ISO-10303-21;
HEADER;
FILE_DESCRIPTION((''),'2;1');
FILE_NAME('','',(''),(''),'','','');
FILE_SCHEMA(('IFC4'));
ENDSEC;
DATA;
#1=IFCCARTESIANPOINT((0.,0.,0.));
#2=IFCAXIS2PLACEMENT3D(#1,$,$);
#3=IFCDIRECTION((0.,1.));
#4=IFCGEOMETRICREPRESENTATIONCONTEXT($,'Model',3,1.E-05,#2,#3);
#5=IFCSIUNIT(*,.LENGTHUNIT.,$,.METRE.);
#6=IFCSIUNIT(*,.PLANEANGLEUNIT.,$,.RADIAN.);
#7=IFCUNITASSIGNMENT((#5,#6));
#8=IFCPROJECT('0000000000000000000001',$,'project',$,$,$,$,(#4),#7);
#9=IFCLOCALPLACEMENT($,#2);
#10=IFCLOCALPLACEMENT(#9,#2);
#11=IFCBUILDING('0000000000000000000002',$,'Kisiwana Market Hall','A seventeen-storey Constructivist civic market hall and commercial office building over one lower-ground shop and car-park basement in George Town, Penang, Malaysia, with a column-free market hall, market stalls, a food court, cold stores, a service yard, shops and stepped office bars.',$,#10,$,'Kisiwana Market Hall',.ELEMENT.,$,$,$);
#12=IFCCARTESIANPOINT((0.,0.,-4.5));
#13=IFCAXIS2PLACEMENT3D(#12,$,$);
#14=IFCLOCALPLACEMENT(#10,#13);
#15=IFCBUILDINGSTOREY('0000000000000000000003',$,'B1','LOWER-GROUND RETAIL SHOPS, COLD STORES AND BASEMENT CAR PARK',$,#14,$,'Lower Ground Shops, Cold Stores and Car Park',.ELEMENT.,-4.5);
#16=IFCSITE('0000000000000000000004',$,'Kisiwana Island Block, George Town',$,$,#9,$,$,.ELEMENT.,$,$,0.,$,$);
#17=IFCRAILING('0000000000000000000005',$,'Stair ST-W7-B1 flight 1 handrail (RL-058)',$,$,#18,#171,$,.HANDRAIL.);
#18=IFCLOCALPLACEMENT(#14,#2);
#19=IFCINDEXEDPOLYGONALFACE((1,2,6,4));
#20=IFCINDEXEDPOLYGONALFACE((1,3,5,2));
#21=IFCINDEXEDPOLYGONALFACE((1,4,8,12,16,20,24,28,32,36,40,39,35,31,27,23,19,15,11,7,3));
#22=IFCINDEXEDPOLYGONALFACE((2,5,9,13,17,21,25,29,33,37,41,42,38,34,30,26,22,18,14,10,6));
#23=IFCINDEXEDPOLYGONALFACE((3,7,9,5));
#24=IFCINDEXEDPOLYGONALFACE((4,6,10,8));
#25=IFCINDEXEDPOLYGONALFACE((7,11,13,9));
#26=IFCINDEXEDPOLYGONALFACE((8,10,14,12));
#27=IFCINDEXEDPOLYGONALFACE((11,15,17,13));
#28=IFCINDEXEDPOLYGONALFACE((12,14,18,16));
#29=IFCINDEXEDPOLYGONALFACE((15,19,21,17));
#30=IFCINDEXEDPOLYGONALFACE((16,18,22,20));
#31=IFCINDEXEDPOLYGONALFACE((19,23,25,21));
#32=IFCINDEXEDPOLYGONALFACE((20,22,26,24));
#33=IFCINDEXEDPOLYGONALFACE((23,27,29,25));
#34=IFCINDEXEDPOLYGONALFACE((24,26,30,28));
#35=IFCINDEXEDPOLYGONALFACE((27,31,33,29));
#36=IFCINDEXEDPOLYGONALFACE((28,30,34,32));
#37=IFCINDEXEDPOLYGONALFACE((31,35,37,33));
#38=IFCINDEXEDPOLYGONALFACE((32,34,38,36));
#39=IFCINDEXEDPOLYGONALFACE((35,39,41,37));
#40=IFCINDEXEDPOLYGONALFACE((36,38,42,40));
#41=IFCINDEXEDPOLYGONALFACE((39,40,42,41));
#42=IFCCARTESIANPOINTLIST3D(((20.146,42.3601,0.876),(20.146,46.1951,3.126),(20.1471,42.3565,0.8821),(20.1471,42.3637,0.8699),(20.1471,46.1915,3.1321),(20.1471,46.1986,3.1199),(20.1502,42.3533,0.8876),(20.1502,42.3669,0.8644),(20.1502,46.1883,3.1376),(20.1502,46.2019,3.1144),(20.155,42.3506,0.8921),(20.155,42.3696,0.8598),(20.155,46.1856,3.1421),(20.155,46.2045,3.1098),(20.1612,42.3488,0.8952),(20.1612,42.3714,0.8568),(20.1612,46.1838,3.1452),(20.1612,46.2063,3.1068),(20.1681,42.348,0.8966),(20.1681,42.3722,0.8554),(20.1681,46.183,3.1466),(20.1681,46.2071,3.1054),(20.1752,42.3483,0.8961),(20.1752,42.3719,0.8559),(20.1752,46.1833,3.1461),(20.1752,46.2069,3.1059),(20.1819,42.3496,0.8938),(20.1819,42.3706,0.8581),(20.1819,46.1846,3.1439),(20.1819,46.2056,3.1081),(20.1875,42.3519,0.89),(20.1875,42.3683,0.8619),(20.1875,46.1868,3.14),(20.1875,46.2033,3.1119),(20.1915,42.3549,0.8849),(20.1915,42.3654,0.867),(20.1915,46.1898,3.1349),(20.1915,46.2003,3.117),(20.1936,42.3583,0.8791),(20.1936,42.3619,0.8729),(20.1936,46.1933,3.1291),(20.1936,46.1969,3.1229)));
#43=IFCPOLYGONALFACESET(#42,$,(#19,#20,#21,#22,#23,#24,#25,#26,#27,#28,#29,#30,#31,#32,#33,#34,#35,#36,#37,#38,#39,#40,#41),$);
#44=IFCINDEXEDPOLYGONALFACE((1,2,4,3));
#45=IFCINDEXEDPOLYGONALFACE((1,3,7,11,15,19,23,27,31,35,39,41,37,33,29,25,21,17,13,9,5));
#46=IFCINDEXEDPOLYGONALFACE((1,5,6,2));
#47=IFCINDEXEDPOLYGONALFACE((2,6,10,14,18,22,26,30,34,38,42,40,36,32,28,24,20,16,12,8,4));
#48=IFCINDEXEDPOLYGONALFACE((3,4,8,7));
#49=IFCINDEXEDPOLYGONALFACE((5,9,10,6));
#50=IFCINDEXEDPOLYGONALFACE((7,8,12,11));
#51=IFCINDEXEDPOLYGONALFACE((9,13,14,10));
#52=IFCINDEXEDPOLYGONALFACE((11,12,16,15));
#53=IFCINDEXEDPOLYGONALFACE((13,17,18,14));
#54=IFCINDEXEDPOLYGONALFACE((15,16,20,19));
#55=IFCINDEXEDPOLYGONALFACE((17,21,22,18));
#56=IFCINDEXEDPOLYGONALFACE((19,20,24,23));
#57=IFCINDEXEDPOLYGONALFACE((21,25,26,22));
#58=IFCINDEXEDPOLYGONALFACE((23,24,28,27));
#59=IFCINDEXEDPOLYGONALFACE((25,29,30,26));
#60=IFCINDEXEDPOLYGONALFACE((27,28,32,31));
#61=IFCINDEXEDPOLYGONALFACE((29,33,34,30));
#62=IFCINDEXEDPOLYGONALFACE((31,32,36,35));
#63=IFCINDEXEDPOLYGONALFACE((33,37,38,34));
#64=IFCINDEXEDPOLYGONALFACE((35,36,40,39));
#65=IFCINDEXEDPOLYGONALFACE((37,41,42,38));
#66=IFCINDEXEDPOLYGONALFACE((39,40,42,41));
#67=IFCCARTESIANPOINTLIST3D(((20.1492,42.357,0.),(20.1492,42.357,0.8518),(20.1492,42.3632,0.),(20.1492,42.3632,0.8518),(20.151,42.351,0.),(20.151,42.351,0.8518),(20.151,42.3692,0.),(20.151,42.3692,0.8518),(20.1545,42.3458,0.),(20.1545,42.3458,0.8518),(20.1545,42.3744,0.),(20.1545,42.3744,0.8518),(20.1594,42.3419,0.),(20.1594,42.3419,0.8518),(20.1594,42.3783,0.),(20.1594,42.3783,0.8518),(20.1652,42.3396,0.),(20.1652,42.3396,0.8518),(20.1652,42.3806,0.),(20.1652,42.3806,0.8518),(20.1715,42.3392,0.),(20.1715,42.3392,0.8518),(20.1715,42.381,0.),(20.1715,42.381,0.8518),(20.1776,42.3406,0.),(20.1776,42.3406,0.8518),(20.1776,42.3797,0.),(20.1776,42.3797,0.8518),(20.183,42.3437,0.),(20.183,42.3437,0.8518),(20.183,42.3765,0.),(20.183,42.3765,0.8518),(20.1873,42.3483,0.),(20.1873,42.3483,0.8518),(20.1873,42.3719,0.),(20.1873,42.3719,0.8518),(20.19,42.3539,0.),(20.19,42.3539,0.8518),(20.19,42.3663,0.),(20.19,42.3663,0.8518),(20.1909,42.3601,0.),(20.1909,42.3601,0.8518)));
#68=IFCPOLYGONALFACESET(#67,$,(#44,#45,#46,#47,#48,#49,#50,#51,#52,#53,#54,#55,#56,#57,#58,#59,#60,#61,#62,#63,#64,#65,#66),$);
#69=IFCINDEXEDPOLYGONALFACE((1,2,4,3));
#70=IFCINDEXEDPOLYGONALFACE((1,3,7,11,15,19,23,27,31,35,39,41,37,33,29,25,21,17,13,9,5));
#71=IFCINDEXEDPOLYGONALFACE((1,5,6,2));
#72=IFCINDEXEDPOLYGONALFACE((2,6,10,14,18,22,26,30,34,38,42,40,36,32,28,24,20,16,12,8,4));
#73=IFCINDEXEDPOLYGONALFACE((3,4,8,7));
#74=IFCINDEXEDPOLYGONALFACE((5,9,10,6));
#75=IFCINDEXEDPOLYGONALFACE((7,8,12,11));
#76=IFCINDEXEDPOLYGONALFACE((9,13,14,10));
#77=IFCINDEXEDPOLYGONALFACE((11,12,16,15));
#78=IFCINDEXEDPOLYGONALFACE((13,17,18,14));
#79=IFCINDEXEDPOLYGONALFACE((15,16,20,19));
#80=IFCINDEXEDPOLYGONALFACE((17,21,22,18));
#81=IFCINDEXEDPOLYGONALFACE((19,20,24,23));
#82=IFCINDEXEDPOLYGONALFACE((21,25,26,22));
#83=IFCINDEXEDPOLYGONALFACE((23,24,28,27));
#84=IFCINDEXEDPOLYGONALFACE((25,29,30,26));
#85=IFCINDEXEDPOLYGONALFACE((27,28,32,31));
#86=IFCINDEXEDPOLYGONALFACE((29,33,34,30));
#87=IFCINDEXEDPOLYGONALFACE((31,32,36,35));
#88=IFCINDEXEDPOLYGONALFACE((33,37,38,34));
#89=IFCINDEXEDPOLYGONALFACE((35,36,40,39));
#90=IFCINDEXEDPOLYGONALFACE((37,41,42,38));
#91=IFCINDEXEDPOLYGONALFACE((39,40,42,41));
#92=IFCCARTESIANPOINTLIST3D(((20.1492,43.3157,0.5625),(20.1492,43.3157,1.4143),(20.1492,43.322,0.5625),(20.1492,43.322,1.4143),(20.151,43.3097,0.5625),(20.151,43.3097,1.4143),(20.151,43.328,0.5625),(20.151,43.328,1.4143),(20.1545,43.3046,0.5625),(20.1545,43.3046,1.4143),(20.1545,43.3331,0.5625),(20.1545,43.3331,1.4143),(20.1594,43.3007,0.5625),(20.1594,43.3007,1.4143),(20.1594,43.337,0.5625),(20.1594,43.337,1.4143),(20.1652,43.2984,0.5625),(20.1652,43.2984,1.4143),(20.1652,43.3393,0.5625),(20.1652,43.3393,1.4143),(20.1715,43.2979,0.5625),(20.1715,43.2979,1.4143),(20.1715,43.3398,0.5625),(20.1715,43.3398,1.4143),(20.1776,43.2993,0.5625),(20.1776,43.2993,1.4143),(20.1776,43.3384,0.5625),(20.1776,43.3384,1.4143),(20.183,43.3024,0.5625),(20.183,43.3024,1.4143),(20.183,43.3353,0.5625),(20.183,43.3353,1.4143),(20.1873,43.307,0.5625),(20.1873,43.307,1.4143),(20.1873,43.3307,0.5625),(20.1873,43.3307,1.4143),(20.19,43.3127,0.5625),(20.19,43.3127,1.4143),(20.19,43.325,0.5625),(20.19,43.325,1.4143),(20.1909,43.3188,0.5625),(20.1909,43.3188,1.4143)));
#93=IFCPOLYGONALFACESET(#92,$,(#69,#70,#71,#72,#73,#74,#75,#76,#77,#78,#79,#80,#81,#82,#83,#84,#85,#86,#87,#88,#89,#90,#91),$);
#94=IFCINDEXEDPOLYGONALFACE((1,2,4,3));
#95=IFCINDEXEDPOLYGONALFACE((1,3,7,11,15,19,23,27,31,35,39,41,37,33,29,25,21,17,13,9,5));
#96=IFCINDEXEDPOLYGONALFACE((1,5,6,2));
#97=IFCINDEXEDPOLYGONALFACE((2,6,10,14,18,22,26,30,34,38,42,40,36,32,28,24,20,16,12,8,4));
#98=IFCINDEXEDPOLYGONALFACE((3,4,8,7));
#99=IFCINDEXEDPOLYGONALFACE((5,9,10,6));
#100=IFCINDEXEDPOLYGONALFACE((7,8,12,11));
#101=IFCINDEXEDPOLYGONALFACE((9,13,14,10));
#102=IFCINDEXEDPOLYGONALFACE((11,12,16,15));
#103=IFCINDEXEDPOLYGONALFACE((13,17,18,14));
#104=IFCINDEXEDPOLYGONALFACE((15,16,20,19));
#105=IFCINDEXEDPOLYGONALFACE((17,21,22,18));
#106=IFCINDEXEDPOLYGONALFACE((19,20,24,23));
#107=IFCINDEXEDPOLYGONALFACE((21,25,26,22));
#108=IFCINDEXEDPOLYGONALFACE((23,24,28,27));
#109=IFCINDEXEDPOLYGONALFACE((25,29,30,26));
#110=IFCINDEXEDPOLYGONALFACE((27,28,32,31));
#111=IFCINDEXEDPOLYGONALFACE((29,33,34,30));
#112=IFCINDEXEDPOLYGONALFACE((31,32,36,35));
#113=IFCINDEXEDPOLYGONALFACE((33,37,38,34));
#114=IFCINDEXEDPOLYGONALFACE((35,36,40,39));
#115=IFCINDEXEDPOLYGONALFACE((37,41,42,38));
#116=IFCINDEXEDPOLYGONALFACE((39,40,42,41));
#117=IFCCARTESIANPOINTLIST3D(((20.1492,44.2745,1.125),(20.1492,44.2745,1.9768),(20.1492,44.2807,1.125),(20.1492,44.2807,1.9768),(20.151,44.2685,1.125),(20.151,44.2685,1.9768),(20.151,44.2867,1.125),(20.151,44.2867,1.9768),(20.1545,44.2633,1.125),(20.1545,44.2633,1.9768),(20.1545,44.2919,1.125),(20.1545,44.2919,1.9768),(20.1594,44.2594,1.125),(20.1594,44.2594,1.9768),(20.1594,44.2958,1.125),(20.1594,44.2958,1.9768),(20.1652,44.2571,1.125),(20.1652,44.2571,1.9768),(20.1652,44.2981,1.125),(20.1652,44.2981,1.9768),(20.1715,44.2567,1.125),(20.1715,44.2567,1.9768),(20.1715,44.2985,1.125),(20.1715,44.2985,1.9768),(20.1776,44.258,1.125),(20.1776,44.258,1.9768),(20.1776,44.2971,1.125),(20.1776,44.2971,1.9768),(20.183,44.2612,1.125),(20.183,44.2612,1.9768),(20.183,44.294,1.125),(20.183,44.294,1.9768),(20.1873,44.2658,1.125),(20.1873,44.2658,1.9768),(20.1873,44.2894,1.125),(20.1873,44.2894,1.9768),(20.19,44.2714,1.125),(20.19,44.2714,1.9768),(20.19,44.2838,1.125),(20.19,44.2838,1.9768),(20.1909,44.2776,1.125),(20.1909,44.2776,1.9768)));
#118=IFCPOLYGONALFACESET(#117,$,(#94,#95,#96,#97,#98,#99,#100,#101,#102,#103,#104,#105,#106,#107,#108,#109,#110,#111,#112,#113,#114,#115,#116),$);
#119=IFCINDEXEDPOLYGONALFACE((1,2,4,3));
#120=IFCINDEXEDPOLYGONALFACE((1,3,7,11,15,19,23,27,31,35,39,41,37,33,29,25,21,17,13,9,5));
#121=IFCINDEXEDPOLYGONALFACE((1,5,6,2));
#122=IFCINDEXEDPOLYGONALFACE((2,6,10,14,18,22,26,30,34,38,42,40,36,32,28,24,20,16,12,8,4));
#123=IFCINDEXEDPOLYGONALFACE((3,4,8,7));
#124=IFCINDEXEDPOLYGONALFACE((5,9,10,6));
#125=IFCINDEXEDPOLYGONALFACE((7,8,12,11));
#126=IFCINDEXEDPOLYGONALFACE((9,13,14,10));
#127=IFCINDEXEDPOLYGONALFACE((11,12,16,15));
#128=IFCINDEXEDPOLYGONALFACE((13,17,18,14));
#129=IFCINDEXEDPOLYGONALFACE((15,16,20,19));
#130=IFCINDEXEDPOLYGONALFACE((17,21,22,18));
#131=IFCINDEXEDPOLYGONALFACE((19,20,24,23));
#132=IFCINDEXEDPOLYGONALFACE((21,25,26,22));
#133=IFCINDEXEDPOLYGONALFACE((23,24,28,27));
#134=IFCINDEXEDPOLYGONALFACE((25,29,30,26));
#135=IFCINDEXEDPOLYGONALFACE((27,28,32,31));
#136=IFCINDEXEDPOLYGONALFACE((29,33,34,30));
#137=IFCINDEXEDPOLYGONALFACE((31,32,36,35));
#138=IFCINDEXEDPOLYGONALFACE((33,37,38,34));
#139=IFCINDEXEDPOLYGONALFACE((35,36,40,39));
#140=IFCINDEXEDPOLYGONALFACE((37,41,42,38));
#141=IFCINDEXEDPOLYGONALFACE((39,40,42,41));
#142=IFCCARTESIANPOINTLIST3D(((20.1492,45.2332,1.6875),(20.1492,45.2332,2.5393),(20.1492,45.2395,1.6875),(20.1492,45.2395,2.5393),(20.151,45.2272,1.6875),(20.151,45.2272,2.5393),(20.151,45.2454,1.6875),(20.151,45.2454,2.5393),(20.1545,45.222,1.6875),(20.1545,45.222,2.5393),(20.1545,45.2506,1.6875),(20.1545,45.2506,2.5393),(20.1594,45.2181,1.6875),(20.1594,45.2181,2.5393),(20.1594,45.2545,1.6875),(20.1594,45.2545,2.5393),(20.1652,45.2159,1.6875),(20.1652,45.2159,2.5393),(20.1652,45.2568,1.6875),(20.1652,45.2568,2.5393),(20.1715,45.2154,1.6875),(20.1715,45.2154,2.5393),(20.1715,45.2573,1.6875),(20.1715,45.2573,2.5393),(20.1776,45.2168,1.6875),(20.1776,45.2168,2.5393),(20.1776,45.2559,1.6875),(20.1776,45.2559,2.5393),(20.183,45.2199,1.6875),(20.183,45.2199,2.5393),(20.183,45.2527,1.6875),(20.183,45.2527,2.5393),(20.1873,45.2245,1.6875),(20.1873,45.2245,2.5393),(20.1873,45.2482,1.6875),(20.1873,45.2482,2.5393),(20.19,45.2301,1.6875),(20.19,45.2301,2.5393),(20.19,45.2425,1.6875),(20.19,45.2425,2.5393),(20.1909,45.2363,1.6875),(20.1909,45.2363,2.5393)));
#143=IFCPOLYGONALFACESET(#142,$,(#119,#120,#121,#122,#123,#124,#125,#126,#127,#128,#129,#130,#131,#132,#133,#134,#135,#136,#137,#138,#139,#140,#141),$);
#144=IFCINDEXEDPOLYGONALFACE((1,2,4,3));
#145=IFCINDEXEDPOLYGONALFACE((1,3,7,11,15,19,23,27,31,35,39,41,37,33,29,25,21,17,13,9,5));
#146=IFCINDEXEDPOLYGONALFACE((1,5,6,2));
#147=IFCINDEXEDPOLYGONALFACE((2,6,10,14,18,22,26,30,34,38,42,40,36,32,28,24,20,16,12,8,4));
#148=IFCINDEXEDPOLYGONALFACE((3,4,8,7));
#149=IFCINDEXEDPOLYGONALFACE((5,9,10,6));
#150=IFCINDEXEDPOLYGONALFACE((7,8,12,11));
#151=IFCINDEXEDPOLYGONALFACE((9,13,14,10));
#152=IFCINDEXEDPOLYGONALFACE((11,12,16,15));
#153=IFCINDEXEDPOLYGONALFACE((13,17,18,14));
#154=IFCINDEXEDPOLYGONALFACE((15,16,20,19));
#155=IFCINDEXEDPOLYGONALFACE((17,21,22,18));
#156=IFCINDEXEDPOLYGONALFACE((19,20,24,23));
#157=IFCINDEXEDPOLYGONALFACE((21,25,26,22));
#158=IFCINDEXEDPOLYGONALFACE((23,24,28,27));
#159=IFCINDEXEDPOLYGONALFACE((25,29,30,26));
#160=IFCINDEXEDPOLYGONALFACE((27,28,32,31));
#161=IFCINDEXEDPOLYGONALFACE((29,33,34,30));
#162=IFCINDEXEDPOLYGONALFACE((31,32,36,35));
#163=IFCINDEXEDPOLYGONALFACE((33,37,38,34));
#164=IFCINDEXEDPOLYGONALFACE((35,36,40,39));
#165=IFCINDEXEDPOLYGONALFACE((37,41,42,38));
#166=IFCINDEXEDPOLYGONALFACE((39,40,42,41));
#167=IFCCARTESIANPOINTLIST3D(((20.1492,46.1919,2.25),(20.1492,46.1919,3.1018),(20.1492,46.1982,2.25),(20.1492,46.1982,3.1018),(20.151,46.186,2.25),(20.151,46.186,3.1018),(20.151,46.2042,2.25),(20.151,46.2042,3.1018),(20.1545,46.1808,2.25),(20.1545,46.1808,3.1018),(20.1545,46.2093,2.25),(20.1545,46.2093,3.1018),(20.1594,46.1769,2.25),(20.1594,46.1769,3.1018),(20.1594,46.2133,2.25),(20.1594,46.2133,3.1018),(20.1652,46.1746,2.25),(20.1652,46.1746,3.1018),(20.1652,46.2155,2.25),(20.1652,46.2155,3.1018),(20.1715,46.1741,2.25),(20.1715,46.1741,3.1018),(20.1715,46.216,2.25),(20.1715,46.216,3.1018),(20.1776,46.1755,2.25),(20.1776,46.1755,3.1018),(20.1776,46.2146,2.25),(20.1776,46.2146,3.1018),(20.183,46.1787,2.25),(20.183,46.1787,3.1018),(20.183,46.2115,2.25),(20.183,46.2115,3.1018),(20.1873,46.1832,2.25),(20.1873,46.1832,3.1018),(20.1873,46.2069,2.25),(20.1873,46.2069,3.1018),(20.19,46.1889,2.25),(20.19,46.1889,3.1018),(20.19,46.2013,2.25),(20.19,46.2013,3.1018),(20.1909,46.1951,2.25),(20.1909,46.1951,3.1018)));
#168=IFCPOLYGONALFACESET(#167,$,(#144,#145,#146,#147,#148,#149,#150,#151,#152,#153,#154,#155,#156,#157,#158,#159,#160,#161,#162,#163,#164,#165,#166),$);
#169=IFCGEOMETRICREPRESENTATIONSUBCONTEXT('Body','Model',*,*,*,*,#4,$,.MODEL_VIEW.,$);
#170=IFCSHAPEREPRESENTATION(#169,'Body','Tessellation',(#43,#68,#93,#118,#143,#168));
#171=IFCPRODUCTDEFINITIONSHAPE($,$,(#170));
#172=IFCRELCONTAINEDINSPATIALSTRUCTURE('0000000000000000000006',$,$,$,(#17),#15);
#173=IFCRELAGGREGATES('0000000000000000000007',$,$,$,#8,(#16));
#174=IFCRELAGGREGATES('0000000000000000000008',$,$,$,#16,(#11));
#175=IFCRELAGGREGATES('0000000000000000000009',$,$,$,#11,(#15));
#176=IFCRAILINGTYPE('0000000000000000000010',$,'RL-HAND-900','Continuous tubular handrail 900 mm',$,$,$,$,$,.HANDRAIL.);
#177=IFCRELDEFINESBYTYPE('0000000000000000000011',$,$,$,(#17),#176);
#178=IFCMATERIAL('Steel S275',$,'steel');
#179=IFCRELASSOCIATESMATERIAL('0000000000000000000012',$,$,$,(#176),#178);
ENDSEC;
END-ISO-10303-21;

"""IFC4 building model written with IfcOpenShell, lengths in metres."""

from ifc_helpers import new_model, si_unit, direction, frame, origin, origin_2d, place, context, subcontext, project, spatial, circle, extrude, material, type_object, element, save


model = new_model("IFC4")

# Units and contexts
model_context = context("Model", 3, precision=1e-05, world=origin(), true_north=direction((0.0, 1.0)))
body_context = subcontext(model_context, "Body", "Model", "MODEL_VIEW")
ifc_project = project(units=[si_unit("LENGTHUNIT", "METRE"), si_unit("PLANEANGLEUNIT", "RADIAN")], contexts=[model_context])

# Site, building, storey
site_placement = place(None, origin())
site = spatial("IfcSite", under=ifc_project, at=site_placement, Name="Kisiwana Island Block, George Town", CompositionType="ELEMENT", RefElevation=0.0)
building_placement = place(site_placement, origin())
building = spatial("IfcBuilding", under=site, at=building_placement, Name="Kisiwana Market Hall", Description="A seventeen-storey Constructivist civic market hall and commercial office building over one lower-ground shop and car-park basement in George Town, Penang, Malaysia, with a column-free market hall, market stalls, a food court, cold stores, a service yard, shops and stepped office bars.", LongName="Kisiwana Market Hall", CompositionType="ELEMENT")
storey_placement = place(building_placement, frame((0.0, 0.0, -4.5)))
storey = spatial("IfcBuildingStorey", under=building, at=storey_placement, Name="B1", Description="LOWER-GROUND RETAIL SHOPS, COLD STORES AND BASEMENT CAR PARK", LongName="Lower Ground Shops, Cold Stores and Car Park", CompositionType="ELEMENT", Elevation=-4.5)

# Railing
ifc_material_1 = material(Name="Steel S275", Category="steel")
railing_type_1 = type_object("IfcRailingType", Name="RL-HAND-900", Description="Continuous tubular handrail 900 mm", PredefinedType="HANDRAIL", material=ifc_material_1)
for number, where, name in (
    (1, (20.1699, 42.3601, 0.0), "Stair ST-W7-B1 flight 1 handrail (RL-058)"),
):
    element("IfcRailing", number, at=place(storey_placement, frame(where)), inside=storey, type_object=railing_type_1, Name=name, PredefinedType="HANDRAIL", context=body_context, shape_type="SweptSolid", body=[
        extrude(circle(Radius=0.0239, at=origin_2d()), frame((0.0, 0.0, 0.876), z_axis=(0.0, 0.86251, 0.506041), x_axis=(-1.0, 0.0, 0.0)), (0.0, 0.0, 1.0), 4.4463),
        extrude(circle(Radius=0.021, at=origin_2d()), origin(), (0.0, 0.0, 1.0), 0.8518),
        extrude(circle(Radius=0.021, at=origin_2d()), frame((0.0, 0.9587, 0.5625)), (0.0, 0.0, 1.0), 0.8518),
        extrude(circle(Radius=0.021, at=origin_2d()), frame((0.0, 1.9175, 1.125)), (0.0, 0.0, 1.0), 0.8518),
        extrude(circle(Radius=0.021, at=origin_2d()), frame((0.0, 2.8762, 1.6875)), (0.0, 0.0, 1.0), 0.8518),
        extrude(circle(Radius=0.021, at=origin_2d()), frame((0.0, 3.835, 2.25)), (0.0, 0.0, 1.0), 0.8518),
    ])

save(model, "model.ifc")
